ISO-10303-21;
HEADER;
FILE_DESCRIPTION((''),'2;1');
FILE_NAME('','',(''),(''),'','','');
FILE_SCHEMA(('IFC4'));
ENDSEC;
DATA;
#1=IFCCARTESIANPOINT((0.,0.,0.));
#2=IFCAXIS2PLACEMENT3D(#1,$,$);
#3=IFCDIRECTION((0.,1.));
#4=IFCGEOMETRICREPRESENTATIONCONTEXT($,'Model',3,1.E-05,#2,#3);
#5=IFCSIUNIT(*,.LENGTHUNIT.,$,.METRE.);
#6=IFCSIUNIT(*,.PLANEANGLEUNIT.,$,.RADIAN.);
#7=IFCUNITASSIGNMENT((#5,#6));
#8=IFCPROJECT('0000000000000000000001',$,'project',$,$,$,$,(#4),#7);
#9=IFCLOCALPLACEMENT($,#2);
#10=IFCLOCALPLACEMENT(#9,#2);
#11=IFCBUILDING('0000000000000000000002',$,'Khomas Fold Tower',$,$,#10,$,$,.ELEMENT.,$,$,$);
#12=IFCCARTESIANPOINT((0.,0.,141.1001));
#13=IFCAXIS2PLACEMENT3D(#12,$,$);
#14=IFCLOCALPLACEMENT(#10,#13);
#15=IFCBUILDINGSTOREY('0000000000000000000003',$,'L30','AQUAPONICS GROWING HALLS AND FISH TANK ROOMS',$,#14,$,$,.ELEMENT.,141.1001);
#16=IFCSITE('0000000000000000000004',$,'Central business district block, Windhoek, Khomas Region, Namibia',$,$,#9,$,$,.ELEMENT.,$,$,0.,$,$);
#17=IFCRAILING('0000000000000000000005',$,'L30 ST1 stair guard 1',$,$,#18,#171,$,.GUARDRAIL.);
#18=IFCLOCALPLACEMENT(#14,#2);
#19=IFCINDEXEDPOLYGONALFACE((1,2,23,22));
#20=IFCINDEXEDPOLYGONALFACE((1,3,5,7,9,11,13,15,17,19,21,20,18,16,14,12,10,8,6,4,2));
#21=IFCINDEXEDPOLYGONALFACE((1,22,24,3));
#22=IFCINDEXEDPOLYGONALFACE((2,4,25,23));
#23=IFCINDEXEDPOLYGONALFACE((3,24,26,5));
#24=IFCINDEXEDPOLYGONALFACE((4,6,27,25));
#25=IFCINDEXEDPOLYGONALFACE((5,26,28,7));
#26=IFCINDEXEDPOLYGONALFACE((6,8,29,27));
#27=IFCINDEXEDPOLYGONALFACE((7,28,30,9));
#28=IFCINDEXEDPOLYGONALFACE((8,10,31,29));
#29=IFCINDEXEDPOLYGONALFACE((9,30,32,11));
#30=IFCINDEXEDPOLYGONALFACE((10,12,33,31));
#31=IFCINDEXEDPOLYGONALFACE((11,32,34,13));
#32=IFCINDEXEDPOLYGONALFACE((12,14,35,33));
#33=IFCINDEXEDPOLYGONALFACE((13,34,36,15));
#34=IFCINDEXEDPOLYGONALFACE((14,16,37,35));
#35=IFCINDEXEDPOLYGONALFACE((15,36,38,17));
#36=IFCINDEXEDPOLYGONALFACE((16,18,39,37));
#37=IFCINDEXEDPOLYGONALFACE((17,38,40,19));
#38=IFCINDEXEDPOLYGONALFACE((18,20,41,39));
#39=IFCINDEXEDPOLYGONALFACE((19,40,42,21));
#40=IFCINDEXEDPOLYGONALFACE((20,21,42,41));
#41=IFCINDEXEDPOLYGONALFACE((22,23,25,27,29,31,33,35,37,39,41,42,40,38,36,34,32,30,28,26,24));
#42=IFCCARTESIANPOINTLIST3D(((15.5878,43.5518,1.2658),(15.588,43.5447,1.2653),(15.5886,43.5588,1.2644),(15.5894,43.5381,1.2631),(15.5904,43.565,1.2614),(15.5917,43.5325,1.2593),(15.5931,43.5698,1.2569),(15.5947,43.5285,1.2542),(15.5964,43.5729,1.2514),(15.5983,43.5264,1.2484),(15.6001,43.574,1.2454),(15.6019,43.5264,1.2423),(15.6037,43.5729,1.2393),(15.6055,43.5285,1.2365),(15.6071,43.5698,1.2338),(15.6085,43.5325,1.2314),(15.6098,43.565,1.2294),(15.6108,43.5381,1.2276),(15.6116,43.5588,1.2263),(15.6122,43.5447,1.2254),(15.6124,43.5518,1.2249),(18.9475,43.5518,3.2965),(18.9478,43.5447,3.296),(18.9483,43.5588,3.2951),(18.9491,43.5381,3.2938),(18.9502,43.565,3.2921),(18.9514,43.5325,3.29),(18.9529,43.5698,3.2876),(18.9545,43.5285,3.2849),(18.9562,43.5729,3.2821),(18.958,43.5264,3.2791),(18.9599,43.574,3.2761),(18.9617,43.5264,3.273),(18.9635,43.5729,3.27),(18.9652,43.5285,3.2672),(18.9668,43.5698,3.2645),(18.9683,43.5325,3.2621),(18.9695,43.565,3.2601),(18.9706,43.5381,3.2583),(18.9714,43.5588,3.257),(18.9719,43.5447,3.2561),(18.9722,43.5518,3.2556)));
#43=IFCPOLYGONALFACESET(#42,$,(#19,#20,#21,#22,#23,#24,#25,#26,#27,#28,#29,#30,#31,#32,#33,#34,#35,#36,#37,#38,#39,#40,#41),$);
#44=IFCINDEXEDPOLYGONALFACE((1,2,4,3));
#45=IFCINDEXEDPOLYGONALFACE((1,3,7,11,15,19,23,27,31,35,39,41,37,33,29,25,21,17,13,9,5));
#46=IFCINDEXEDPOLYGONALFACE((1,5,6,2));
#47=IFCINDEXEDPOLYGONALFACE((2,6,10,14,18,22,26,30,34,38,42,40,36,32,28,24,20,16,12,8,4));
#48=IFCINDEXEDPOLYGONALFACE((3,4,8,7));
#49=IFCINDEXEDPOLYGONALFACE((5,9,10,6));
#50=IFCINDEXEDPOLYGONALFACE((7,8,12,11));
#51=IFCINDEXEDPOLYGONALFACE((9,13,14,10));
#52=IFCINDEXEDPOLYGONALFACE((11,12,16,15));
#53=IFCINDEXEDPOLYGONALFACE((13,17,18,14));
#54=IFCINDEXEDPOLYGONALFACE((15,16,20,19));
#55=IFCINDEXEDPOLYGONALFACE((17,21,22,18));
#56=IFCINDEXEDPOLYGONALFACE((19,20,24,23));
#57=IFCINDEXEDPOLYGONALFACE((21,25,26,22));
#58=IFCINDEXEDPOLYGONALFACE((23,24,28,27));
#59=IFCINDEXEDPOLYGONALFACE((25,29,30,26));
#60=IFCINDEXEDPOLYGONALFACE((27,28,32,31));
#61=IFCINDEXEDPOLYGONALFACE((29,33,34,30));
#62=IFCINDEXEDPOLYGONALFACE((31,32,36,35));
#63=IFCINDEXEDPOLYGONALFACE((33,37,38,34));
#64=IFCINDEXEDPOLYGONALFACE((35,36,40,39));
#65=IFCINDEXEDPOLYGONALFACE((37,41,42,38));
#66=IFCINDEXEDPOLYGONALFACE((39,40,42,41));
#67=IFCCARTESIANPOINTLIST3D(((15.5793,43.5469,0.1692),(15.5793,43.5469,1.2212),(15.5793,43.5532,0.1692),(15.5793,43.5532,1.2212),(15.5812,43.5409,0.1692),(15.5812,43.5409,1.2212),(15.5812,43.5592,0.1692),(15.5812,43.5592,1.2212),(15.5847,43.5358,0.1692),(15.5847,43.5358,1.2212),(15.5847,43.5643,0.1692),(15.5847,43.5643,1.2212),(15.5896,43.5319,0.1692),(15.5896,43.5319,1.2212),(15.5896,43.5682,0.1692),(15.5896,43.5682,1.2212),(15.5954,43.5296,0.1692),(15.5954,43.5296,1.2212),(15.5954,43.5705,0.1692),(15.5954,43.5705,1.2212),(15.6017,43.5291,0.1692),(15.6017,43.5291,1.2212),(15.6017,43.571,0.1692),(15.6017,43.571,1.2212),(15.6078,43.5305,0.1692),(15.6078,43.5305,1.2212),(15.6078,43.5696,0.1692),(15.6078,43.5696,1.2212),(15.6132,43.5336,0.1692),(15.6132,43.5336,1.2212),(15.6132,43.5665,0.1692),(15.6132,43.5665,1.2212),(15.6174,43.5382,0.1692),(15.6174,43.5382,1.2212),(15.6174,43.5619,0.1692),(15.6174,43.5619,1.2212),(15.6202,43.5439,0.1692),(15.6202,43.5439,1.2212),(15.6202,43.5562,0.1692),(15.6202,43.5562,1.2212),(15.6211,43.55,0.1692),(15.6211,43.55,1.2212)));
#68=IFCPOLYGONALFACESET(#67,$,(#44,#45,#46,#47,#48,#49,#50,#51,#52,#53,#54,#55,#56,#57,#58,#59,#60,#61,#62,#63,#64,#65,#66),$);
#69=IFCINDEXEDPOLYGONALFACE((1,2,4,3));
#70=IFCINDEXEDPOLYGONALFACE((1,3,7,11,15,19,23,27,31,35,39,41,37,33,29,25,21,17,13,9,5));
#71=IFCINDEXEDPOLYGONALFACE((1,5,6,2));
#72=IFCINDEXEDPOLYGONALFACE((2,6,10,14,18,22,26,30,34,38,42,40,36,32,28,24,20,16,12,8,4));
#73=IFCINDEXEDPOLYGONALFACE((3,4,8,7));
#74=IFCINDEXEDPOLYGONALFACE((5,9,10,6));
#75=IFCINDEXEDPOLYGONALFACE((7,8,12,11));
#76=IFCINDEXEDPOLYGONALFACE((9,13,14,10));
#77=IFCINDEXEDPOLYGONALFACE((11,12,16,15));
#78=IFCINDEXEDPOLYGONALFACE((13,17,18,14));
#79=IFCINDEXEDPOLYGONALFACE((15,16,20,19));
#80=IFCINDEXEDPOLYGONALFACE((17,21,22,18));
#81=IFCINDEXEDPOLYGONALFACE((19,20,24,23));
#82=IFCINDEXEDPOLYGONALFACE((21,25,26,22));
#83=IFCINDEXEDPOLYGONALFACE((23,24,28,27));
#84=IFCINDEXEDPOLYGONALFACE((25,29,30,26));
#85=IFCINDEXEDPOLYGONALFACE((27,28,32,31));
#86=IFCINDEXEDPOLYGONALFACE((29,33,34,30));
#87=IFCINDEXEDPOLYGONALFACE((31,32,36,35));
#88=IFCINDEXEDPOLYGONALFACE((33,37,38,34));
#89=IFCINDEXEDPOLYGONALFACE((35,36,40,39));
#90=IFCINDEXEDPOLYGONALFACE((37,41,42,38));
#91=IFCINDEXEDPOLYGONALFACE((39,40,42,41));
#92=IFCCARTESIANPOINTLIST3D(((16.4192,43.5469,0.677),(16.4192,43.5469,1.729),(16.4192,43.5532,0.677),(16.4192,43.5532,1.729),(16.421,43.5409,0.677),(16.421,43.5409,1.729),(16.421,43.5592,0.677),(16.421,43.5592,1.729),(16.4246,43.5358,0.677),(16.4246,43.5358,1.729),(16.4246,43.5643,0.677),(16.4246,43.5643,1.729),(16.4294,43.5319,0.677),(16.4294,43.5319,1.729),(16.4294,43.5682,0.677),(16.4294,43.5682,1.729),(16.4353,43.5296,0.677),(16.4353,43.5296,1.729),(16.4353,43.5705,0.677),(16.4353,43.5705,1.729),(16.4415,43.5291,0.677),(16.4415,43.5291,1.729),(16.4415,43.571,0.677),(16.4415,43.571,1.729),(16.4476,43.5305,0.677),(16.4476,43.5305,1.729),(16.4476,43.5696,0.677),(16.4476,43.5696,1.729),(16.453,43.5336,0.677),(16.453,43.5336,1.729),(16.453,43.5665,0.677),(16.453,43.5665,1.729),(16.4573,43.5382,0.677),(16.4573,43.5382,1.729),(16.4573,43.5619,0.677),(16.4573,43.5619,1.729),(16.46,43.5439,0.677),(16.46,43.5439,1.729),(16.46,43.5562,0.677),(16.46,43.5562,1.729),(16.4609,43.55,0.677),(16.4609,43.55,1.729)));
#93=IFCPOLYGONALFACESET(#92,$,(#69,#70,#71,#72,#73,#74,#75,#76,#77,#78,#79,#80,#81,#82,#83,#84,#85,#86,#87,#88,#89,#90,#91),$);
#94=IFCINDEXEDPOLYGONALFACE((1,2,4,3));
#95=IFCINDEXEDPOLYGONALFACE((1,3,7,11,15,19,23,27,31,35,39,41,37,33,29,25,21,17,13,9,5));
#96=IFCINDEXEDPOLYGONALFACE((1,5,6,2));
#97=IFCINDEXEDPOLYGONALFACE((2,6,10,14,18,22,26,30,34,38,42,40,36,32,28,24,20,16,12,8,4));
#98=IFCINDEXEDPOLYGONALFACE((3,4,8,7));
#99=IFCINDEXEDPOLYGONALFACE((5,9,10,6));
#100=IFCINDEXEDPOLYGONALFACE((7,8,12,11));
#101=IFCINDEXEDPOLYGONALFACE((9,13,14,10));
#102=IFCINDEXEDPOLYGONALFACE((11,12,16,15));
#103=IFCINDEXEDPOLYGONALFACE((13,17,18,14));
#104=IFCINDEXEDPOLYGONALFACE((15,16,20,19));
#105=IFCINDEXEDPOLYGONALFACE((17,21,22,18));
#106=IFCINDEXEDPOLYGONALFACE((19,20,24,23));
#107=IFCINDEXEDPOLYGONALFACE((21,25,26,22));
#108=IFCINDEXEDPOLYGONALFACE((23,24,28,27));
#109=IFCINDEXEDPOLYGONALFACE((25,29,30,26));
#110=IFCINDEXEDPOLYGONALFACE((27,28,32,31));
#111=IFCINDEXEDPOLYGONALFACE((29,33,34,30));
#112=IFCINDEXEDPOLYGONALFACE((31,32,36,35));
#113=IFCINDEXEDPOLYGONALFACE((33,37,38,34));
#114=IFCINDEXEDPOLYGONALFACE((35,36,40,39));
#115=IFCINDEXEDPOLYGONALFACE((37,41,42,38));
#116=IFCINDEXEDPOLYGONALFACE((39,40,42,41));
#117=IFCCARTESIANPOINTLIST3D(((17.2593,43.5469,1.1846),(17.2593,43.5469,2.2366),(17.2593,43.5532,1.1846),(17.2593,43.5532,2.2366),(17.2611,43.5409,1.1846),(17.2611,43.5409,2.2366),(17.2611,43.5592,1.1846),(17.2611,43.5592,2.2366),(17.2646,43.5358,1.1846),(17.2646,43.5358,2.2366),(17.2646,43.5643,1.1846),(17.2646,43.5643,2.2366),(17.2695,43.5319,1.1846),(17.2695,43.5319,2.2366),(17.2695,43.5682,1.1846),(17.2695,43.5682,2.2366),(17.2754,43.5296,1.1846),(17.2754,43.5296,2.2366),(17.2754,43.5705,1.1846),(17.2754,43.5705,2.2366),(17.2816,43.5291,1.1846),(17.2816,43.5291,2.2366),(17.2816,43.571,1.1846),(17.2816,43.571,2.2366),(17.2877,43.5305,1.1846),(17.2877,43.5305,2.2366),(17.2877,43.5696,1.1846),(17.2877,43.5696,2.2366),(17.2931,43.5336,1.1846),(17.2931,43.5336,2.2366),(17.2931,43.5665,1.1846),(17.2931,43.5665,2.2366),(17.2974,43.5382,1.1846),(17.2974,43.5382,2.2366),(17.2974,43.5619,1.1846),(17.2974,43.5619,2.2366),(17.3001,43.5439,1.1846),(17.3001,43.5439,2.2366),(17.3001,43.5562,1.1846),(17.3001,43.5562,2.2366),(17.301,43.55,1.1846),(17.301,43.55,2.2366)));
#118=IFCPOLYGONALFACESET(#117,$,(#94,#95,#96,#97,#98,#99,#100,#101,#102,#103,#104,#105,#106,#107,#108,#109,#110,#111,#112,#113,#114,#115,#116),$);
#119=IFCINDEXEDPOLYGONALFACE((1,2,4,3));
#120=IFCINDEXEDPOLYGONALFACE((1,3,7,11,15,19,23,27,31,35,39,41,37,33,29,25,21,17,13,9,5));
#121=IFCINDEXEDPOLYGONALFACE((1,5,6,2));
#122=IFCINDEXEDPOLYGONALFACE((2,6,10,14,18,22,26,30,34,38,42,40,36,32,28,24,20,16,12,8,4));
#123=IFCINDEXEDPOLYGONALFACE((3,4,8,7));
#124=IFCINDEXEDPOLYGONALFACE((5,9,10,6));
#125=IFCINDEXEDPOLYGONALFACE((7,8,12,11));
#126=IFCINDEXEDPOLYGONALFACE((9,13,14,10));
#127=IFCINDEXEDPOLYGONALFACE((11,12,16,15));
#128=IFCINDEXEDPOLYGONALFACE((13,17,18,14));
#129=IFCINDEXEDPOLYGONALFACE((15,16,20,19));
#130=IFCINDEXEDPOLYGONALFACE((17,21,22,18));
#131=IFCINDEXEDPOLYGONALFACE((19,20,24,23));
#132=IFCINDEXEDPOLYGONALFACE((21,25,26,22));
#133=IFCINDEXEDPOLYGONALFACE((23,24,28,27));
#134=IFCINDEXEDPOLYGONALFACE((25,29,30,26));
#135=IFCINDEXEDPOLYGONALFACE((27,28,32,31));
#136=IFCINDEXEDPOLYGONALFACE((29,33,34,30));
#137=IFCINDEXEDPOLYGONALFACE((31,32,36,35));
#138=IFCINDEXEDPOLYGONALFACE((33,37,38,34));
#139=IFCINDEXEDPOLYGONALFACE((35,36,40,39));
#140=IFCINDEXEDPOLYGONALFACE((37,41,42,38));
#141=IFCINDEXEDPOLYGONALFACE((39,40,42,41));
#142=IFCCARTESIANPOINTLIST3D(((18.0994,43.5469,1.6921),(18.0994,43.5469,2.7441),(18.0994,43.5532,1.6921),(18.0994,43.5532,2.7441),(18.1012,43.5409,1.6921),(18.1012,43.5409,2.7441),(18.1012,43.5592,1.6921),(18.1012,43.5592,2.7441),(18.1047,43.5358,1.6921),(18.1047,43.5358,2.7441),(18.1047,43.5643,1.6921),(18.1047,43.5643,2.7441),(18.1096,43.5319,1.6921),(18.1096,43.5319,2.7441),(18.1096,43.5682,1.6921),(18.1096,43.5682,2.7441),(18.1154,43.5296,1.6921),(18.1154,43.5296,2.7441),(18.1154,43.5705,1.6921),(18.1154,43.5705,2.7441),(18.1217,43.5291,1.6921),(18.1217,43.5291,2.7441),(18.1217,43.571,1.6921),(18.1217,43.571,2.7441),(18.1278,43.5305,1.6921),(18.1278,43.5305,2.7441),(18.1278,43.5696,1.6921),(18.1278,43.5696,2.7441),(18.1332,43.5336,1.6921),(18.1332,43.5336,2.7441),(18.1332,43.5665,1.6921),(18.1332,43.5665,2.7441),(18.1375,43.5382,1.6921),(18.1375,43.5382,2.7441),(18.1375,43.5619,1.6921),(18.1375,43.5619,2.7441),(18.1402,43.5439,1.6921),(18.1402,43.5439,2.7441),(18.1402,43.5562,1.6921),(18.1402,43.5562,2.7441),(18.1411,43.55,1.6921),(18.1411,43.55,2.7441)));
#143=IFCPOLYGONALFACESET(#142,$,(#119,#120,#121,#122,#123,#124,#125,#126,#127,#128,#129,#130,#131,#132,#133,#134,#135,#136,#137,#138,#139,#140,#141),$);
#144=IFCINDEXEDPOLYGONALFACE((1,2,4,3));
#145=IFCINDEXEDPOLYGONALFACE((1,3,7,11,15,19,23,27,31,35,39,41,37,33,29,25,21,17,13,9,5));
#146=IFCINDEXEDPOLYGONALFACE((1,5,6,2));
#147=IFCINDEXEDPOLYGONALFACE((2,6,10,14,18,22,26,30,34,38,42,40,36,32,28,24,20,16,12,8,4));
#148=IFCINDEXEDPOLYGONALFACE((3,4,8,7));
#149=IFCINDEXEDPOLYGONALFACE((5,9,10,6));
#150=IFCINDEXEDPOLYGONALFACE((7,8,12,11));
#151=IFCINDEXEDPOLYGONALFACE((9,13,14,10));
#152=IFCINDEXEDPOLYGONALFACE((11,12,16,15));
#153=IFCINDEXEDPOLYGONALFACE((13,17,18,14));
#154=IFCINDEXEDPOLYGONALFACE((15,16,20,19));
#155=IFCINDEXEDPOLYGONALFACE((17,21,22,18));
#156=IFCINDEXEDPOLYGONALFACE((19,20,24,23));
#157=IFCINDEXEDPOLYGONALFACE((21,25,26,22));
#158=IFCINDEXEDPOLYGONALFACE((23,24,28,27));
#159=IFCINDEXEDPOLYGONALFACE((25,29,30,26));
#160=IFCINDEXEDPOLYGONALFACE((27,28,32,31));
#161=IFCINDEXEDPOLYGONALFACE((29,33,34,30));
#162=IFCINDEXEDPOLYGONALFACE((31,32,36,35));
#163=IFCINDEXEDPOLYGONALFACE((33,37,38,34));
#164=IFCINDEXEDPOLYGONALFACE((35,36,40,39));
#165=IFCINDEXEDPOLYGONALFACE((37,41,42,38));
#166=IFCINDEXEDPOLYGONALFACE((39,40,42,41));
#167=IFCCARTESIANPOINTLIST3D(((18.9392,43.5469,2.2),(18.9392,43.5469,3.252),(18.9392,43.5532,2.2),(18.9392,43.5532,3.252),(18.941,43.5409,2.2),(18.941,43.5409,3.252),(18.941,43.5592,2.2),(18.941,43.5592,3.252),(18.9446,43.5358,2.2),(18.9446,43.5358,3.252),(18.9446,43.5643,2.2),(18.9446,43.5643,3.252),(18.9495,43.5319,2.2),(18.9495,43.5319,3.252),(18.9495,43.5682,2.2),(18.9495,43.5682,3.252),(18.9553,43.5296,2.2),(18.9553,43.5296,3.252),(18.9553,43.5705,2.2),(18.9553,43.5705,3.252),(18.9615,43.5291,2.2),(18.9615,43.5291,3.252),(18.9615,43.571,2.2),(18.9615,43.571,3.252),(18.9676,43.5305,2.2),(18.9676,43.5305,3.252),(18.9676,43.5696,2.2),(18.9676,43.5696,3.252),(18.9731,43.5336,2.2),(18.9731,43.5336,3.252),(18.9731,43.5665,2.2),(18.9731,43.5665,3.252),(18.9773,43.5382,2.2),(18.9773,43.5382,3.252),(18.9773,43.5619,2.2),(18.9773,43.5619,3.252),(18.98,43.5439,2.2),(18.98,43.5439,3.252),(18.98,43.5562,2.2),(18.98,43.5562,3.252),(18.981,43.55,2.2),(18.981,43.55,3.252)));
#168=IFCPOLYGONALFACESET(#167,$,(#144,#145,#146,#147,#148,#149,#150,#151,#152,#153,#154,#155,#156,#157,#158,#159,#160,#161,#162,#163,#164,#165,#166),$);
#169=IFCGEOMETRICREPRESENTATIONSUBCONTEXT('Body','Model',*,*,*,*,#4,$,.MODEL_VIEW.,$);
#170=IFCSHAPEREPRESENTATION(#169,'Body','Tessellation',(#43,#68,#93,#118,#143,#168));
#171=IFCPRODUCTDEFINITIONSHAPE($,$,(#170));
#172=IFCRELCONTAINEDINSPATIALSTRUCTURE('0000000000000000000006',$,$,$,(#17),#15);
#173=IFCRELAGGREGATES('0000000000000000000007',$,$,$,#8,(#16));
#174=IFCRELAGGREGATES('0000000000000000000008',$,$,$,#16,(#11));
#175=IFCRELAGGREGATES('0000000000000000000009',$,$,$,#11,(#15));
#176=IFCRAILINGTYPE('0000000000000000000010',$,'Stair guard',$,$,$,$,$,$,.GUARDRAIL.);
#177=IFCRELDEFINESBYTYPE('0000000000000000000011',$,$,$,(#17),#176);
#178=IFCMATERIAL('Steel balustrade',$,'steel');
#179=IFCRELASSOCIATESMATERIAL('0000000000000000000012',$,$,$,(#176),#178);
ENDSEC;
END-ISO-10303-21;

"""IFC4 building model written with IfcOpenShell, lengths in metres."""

from ifc_helpers import new_model, si_unit, direction, frame, origin, origin_2d, place, context, subcontext, project, spatial, circle, extrude, source, transform, mapped, material, type_object, element, save


model = new_model("IFC4")

# Units and contexts
model_context = context("Model", 3, precision=1e-05, world=origin(), true_north=direction((0.0, 1.0)))
body_context = subcontext(model_context, "Body", "Model", "MODEL_VIEW")
ifc_project = project(units=[si_unit("LENGTHUNIT", "METRE"), si_unit("PLANEANGLEUNIT", "RADIAN")], contexts=[model_context])

# Site, building, storey
site_placement = place(None, origin())
site = spatial("IfcSite", under=ifc_project, at=site_placement, Name="Central business district block, Windhoek, Khomas Region, Namibia", CompositionType="ELEMENT", RefElevation=0.0)
building_placement = place(site_placement, origin())
building = spatial("IfcBuilding", under=site, at=building_placement, Name="Khomas Fold Tower", CompositionType="ELEMENT")
storey_placement = place(building_placement, frame((0.0, 0.0, 141.1001)))
storey = spatial("IfcBuildingStorey", under=building, at=storey_placement, Name="L30", Description="AQUAPONICS GROWING HALLS AND FISH TANK ROOMS", CompositionType="ELEMENT", Elevation=141.1001)

# Railing
ifc_material_1 = material(Name="Steel balustrade", Category="steel")
railing_type_1 = type_object("IfcRailingType", Name="Stair guard", PredefinedType="GUARDRAIL", material=ifc_material_1)
shared_shape_1 = source(origin(), body_context, "Body", "SweptSolid", [
    extrude(circle(Radius=0.0239, at=origin_2d()), frame((0.0, 0.0, 1.0762), z_axis=(0.85582, 0.0, 0.517273), x_axis=(0.0, 1.0, 0.0)), (0.0, 0.0, 1.0), 3.9258),
    extrude(circle(Radius=0.021, at=origin_2d()), origin(), (0.0, 0.0, 1.0), 1.052),
    extrude(circle(Radius=0.021, at=origin_2d()), frame((0.8398, 0.0, 0.5078)), (0.0, 0.0, 1.0), 1.052),
    extrude(circle(Radius=0.021, at=origin_2d()), frame((1.6799, 0.0, 1.0154)), (0.0, 0.0, 1.0), 1.052),
    extrude(circle(Radius=0.021, at=origin_2d()), frame((2.52, 0.0, 1.5229)), (0.0, 0.0, 1.0), 1.052),
    extrude(circle(Radius=0.021, at=origin_2d()), frame((3.3599, 0.0, 2.0308)), (0.0, 0.0, 1.0), 1.052),
])
railing_1_placement = place(storey_placement, frame((15.6001, 43.55, 0.1692)))
element("IfcRailing", 1, at=railing_1_placement, inside=storey, type_object=railing_type_1, Name="L30 ST1 stair guard 1", PredefinedType="GUARDRAIL", context=body_context, shape_type="MappedRepresentation", body=[
    mapped(shared_shape_1, transform((0.0, 0.0, 0.0))),
])

save(model, "model.ifc")
